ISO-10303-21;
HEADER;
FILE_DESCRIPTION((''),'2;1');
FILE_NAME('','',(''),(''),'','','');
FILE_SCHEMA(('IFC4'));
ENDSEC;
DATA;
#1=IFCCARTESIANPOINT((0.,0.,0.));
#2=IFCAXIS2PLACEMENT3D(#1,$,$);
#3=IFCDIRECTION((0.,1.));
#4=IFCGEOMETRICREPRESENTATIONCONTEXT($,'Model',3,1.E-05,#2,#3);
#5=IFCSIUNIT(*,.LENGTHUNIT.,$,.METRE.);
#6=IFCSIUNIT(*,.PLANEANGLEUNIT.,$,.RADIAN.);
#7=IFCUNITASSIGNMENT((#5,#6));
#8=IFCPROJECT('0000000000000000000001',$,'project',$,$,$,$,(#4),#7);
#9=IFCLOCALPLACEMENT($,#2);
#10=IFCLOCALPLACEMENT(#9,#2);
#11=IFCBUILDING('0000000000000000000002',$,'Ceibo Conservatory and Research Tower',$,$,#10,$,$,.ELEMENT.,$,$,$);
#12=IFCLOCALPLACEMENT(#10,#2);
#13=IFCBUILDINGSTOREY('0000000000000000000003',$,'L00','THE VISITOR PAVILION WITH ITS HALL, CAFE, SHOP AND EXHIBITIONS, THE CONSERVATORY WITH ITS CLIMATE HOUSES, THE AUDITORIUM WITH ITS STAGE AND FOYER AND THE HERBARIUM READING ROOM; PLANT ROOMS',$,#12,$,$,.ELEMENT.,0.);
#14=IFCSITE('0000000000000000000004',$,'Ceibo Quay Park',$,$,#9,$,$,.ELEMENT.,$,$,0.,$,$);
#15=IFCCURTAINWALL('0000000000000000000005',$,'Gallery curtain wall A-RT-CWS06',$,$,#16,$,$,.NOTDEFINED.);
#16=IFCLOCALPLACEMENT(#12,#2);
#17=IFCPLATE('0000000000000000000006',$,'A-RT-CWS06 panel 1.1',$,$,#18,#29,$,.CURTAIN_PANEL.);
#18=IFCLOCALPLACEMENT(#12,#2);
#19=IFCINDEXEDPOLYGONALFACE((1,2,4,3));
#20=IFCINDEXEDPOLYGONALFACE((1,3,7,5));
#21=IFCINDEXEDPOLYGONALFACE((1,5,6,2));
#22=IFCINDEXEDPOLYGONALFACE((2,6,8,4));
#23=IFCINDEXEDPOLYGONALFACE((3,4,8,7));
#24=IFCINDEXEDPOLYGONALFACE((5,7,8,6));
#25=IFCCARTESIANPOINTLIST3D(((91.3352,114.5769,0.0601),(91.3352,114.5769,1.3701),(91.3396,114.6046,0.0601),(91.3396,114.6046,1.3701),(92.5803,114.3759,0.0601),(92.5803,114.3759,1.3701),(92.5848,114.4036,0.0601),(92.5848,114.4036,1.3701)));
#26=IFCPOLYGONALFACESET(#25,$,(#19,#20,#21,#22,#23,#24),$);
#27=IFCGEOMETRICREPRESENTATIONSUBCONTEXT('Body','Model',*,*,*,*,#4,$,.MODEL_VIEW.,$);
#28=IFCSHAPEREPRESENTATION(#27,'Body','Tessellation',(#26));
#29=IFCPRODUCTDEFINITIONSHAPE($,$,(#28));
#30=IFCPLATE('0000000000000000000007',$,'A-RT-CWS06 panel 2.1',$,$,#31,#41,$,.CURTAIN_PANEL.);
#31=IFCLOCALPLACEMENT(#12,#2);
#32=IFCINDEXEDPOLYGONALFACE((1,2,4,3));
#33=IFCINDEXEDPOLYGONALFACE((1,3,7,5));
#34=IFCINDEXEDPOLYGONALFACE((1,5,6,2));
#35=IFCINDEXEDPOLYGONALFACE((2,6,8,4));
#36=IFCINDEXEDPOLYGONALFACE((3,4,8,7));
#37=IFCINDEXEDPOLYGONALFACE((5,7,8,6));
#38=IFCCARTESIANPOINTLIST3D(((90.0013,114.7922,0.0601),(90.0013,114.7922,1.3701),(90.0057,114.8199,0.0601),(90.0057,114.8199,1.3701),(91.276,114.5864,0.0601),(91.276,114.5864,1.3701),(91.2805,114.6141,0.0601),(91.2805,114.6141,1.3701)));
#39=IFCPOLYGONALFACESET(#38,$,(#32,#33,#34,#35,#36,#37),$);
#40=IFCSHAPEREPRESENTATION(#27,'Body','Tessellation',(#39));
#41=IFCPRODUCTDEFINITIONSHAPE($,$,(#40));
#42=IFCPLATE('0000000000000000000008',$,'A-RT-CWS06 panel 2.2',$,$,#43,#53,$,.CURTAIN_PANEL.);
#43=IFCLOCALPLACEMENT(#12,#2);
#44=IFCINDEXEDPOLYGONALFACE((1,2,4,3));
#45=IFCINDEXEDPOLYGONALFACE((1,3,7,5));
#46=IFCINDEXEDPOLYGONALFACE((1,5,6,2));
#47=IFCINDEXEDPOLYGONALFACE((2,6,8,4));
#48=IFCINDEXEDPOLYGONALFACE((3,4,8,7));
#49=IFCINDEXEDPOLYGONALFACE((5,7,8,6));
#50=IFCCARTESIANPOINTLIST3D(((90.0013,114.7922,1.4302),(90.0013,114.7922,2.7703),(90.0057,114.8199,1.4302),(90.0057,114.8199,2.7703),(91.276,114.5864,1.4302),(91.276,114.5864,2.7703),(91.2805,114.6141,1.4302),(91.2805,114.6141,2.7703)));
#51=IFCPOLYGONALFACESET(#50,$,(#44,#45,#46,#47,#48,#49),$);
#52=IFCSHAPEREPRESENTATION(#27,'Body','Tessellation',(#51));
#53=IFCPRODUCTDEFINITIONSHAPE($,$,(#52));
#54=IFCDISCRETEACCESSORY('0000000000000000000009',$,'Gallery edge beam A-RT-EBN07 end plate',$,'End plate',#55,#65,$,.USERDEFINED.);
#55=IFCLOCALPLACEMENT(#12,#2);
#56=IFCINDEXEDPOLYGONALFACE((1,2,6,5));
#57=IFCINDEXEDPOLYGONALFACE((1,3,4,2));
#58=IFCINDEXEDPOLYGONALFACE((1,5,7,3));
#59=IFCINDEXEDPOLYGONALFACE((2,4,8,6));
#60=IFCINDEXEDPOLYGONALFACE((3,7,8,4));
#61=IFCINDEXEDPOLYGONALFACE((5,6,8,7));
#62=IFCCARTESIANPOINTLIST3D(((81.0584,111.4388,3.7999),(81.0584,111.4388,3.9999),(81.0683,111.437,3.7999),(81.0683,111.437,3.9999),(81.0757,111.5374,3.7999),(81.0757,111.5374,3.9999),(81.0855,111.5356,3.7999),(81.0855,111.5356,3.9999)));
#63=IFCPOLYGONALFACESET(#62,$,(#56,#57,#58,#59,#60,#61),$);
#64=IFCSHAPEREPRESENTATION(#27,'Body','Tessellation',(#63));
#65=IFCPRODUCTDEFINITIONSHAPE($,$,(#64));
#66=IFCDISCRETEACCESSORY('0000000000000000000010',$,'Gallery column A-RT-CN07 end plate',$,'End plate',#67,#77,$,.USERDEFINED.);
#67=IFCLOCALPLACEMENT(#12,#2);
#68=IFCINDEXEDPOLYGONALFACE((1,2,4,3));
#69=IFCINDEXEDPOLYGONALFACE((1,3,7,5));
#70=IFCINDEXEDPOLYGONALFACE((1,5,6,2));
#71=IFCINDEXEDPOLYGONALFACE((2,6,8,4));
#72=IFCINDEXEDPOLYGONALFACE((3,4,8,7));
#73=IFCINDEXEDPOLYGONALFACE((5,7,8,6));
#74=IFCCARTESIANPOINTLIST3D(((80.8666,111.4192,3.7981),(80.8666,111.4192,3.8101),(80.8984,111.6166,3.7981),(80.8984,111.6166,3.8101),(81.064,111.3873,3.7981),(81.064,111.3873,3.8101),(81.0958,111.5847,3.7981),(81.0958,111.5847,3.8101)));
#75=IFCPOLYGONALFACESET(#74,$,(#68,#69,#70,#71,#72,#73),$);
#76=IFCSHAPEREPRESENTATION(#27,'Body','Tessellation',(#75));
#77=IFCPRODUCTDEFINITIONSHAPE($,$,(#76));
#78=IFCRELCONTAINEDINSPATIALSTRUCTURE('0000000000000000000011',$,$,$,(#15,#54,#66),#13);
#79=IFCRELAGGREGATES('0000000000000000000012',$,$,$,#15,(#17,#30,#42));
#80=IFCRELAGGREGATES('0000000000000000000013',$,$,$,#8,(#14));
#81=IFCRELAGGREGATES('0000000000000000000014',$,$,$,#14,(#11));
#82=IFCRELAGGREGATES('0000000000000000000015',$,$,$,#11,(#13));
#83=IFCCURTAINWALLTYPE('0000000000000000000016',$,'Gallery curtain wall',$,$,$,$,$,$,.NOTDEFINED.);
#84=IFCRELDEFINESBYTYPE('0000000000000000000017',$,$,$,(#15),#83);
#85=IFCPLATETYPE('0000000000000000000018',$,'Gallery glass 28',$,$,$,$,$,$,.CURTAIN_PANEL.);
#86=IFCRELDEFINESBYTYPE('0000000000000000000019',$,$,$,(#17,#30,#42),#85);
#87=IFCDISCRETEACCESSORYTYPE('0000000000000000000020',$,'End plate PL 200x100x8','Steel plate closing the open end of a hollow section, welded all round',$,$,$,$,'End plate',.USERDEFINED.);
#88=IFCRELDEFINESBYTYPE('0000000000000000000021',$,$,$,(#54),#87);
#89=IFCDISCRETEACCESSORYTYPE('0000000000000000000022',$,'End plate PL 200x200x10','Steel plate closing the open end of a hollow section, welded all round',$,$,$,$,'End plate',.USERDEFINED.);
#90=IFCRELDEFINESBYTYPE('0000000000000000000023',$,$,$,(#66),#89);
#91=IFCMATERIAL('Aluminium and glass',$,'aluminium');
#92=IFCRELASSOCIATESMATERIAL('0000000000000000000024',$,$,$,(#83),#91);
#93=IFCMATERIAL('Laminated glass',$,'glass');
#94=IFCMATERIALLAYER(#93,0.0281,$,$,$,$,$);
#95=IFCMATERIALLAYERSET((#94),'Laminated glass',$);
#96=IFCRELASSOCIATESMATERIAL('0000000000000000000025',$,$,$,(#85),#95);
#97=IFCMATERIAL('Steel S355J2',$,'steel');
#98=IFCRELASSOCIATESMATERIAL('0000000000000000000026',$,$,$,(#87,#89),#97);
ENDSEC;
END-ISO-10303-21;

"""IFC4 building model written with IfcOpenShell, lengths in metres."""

from ifc_helpers import new_model, si_unit, direction, frame, origin, origin_2d, place, context, subcontext, project, spatial, rectangle, extrude, material, layer, layer_set, material_profile, profile_set, type_object, element, aggregate, save


model = new_model("IFC4")

# Units and contexts
model_context = context("Model", 3, precision=1e-05, world=origin(), true_north=direction((0.0, 1.0)))
body_context = subcontext(model_context, "Body", "Model", "MODEL_VIEW")
ifc_project = project(units=[si_unit("LENGTHUNIT", "METRE"), si_unit("PLANEANGLEUNIT", "RADIAN")], contexts=[model_context])

# Site, building, storey
site_placement = place(None, origin())
site = spatial("IfcSite", under=ifc_project, at=site_placement, Name="Ceibo Quay Park", CompositionType="ELEMENT", RefElevation=0.0)
building_placement = place(site_placement, origin())
building = spatial("IfcBuilding", under=site, at=building_placement, Name="Ceibo Conservatory and Research Tower", CompositionType="ELEMENT")
storey_placement = place(building_placement, origin())
storey = spatial("IfcBuildingStorey", under=building, at=storey_placement, Name="L00", Description="THE VISITOR PAVILION WITH ITS HALL, CAFE, SHOP AND EXHIBITIONS, THE CONSERVATORY WITH ITS CLIMATE HOUSES, THE AUDITORIUM WITH ITS STAGE AND FOYER AND THE HERBARIUM READING ROOM; PLANT ROOMS", CompositionType="ELEMENT", Elevation=0.0)

# Shared definitions
ifc_material_1 = material(Name="Aluminium and glass", Category="aluminium")
curtain_wall_type = type_object("IfcCurtainWallType", Name="Gallery curtain wall", PredefinedType="NOTDEFINED", material=ifc_material_1)

# Curtain wall
curtain_wall_1_placement = place(storey_placement, origin())
curtain_wall_1 = element("IfcCurtainWall", 1, at=curtain_wall_1_placement, inside=storey, type_object=curtain_wall_type, Name="Gallery curtain wall A-RT-CWS06", PredefinedType="NOTDEFINED")

# Shared definitions
ifc_material_2 = material(Name="Steel S355J2", Category="steel")

# Plates
ifc_material_3 = material(Name="Laminated glass", Category="glass")
ifc_layer = layer(ifc_material_3, 0.0281)
ifc_layer_set = layer_set([ifc_layer], Name="Laminated glass")
plate_type = type_object("IfcPlateType", Name="Gallery glass 28", PredefinedType="CURTAIN_PANEL", material=ifc_layer_set)
plate_1_placement = place(storey_placement, frame((91.96, 114.4902, 0.0601), z_axis=(0.0, 0.0, 1.0), x_axis=(-0.987216, 0.159391, 0.0)))
plate_1 = element("IfcPlate", 2, at=plate_1_placement, type_object=plate_type, Name="A-RT-CWS06 panel 1.1", PredefinedType="CURTAIN_PANEL", context=body_context, shape_type="SweptSolid", body=[
    extrude(rectangle(XDim=1.2612, YDim=0.0281, at=origin_2d()), origin(), (0.0, 0.0, 1.0), 1.3101),
])
plate_2_placement = place(storey_placement, frame((90.6409, 114.7031, 0.0601), z_axis=(0.0, 0.0, 1.0), x_axis=(-0.987216, 0.159391, 0.0)))
plate_2 = element("IfcPlate", 3, at=plate_2_placement, type_object=plate_type, Name="A-RT-CWS06 panel 2.1", PredefinedType="CURTAIN_PANEL", context=body_context, shape_type="SweptSolid", body=[
    extrude(rectangle(XDim=1.2913, YDim=0.0281, at=origin_2d()), origin(), (0.0, 0.0, 1.0), 1.3101),
])
plate_3_placement = place(storey_placement, frame((90.6409, 114.7031, 1.4302), z_axis=(0.0, 0.0, 1.0), x_axis=(-0.987216, 0.159391, 0.0)))
plate_3 = element("IfcPlate", 4, at=plate_3_placement, type_object=plate_type, Name="A-RT-CWS06 panel 2.2", PredefinedType="CURTAIN_PANEL", context=body_context, shape_type="SweptSolid", body=[
    extrude(rectangle(XDim=1.2913, YDim=0.0281, at=origin_2d()), origin(), (0.0, 0.0, 1.0), 1.3401),
])
aggregate(curtain_wall_1, [plate_1, plate_2, plate_3])

# Discrete accessories
ifc_material_profile_1 = material_profile(ifc_material_2, rectangle(XDim=0.1001, YDim=0.2, at=origin_2d()), Name="End plate PL 200x100x8")
ifc_profile_set_1 = profile_set([ifc_material_profile_1], Name="Steel S355J2")
discrete_accessory_type_1 = type_object("IfcDiscreteAccessoryType", Name="End plate PL 200x100x8", Description="Steel plate closing the open end of a hollow section, welded all round", ElementType="End plate", PredefinedType="USERDEFINED", material=ifc_profile_set_1)
discrete_accessory_1_placement = place(storey_placement, frame((81.0769, 111.4863, 3.8999), z_axis=(-0.98503, 0.17238, 0.0), x_axis=(-0.17238, -0.98503, 0.0)))
element("IfcDiscreteAccessory", 5, at=discrete_accessory_1_placement, inside=storey, type_object=discrete_accessory_type_1, Name="Gallery edge beam A-RT-EBN07 end plate", ObjectType="End plate", PredefinedType="USERDEFINED", context=body_context, shape_type="SweptSolid", body=[
    extrude(rectangle(XDim=0.1001, YDim=0.2, at=origin_2d()), origin(), (0.0, 0.0, 1.0), 0.01),
])
ifc_material_profile_2 = material_profile(ifc_material_2, rectangle(XDim=0.2, YDim=0.2, at=origin_2d()), Name="End plate PL 200x200x10")
ifc_profile_set_2 = profile_set([ifc_material_profile_2], Name="Steel S355J2")
discrete_accessory_type_2 = type_object("IfcDiscreteAccessoryType", Name="End plate PL 200x200x10", Description="Steel plate closing the open end of a hollow section, welded all round", ElementType="End plate", PredefinedType="USERDEFINED", material=ifc_profile_set_2)
discrete_accessory_2_placement = place(storey_placement, frame((80.9812, 111.502, 3.7981), z_axis=(0.0, 0.0, 1.0), x_axis=(-0.987216, 0.159391, 0.0)))
element("IfcDiscreteAccessory", 6, at=discrete_accessory_2_placement, inside=storey, type_object=discrete_accessory_type_2, Name="Gallery column A-RT-CN07 end plate", ObjectType="End plate", PredefinedType="USERDEFINED", context=body_context, shape_type="SweptSolid", body=[
    extrude(rectangle(XDim=0.2, YDim=0.2, at=origin_2d()), origin(), (0.0, 0.0, 1.0), 0.012),
])

save(model, "model.ifc")
